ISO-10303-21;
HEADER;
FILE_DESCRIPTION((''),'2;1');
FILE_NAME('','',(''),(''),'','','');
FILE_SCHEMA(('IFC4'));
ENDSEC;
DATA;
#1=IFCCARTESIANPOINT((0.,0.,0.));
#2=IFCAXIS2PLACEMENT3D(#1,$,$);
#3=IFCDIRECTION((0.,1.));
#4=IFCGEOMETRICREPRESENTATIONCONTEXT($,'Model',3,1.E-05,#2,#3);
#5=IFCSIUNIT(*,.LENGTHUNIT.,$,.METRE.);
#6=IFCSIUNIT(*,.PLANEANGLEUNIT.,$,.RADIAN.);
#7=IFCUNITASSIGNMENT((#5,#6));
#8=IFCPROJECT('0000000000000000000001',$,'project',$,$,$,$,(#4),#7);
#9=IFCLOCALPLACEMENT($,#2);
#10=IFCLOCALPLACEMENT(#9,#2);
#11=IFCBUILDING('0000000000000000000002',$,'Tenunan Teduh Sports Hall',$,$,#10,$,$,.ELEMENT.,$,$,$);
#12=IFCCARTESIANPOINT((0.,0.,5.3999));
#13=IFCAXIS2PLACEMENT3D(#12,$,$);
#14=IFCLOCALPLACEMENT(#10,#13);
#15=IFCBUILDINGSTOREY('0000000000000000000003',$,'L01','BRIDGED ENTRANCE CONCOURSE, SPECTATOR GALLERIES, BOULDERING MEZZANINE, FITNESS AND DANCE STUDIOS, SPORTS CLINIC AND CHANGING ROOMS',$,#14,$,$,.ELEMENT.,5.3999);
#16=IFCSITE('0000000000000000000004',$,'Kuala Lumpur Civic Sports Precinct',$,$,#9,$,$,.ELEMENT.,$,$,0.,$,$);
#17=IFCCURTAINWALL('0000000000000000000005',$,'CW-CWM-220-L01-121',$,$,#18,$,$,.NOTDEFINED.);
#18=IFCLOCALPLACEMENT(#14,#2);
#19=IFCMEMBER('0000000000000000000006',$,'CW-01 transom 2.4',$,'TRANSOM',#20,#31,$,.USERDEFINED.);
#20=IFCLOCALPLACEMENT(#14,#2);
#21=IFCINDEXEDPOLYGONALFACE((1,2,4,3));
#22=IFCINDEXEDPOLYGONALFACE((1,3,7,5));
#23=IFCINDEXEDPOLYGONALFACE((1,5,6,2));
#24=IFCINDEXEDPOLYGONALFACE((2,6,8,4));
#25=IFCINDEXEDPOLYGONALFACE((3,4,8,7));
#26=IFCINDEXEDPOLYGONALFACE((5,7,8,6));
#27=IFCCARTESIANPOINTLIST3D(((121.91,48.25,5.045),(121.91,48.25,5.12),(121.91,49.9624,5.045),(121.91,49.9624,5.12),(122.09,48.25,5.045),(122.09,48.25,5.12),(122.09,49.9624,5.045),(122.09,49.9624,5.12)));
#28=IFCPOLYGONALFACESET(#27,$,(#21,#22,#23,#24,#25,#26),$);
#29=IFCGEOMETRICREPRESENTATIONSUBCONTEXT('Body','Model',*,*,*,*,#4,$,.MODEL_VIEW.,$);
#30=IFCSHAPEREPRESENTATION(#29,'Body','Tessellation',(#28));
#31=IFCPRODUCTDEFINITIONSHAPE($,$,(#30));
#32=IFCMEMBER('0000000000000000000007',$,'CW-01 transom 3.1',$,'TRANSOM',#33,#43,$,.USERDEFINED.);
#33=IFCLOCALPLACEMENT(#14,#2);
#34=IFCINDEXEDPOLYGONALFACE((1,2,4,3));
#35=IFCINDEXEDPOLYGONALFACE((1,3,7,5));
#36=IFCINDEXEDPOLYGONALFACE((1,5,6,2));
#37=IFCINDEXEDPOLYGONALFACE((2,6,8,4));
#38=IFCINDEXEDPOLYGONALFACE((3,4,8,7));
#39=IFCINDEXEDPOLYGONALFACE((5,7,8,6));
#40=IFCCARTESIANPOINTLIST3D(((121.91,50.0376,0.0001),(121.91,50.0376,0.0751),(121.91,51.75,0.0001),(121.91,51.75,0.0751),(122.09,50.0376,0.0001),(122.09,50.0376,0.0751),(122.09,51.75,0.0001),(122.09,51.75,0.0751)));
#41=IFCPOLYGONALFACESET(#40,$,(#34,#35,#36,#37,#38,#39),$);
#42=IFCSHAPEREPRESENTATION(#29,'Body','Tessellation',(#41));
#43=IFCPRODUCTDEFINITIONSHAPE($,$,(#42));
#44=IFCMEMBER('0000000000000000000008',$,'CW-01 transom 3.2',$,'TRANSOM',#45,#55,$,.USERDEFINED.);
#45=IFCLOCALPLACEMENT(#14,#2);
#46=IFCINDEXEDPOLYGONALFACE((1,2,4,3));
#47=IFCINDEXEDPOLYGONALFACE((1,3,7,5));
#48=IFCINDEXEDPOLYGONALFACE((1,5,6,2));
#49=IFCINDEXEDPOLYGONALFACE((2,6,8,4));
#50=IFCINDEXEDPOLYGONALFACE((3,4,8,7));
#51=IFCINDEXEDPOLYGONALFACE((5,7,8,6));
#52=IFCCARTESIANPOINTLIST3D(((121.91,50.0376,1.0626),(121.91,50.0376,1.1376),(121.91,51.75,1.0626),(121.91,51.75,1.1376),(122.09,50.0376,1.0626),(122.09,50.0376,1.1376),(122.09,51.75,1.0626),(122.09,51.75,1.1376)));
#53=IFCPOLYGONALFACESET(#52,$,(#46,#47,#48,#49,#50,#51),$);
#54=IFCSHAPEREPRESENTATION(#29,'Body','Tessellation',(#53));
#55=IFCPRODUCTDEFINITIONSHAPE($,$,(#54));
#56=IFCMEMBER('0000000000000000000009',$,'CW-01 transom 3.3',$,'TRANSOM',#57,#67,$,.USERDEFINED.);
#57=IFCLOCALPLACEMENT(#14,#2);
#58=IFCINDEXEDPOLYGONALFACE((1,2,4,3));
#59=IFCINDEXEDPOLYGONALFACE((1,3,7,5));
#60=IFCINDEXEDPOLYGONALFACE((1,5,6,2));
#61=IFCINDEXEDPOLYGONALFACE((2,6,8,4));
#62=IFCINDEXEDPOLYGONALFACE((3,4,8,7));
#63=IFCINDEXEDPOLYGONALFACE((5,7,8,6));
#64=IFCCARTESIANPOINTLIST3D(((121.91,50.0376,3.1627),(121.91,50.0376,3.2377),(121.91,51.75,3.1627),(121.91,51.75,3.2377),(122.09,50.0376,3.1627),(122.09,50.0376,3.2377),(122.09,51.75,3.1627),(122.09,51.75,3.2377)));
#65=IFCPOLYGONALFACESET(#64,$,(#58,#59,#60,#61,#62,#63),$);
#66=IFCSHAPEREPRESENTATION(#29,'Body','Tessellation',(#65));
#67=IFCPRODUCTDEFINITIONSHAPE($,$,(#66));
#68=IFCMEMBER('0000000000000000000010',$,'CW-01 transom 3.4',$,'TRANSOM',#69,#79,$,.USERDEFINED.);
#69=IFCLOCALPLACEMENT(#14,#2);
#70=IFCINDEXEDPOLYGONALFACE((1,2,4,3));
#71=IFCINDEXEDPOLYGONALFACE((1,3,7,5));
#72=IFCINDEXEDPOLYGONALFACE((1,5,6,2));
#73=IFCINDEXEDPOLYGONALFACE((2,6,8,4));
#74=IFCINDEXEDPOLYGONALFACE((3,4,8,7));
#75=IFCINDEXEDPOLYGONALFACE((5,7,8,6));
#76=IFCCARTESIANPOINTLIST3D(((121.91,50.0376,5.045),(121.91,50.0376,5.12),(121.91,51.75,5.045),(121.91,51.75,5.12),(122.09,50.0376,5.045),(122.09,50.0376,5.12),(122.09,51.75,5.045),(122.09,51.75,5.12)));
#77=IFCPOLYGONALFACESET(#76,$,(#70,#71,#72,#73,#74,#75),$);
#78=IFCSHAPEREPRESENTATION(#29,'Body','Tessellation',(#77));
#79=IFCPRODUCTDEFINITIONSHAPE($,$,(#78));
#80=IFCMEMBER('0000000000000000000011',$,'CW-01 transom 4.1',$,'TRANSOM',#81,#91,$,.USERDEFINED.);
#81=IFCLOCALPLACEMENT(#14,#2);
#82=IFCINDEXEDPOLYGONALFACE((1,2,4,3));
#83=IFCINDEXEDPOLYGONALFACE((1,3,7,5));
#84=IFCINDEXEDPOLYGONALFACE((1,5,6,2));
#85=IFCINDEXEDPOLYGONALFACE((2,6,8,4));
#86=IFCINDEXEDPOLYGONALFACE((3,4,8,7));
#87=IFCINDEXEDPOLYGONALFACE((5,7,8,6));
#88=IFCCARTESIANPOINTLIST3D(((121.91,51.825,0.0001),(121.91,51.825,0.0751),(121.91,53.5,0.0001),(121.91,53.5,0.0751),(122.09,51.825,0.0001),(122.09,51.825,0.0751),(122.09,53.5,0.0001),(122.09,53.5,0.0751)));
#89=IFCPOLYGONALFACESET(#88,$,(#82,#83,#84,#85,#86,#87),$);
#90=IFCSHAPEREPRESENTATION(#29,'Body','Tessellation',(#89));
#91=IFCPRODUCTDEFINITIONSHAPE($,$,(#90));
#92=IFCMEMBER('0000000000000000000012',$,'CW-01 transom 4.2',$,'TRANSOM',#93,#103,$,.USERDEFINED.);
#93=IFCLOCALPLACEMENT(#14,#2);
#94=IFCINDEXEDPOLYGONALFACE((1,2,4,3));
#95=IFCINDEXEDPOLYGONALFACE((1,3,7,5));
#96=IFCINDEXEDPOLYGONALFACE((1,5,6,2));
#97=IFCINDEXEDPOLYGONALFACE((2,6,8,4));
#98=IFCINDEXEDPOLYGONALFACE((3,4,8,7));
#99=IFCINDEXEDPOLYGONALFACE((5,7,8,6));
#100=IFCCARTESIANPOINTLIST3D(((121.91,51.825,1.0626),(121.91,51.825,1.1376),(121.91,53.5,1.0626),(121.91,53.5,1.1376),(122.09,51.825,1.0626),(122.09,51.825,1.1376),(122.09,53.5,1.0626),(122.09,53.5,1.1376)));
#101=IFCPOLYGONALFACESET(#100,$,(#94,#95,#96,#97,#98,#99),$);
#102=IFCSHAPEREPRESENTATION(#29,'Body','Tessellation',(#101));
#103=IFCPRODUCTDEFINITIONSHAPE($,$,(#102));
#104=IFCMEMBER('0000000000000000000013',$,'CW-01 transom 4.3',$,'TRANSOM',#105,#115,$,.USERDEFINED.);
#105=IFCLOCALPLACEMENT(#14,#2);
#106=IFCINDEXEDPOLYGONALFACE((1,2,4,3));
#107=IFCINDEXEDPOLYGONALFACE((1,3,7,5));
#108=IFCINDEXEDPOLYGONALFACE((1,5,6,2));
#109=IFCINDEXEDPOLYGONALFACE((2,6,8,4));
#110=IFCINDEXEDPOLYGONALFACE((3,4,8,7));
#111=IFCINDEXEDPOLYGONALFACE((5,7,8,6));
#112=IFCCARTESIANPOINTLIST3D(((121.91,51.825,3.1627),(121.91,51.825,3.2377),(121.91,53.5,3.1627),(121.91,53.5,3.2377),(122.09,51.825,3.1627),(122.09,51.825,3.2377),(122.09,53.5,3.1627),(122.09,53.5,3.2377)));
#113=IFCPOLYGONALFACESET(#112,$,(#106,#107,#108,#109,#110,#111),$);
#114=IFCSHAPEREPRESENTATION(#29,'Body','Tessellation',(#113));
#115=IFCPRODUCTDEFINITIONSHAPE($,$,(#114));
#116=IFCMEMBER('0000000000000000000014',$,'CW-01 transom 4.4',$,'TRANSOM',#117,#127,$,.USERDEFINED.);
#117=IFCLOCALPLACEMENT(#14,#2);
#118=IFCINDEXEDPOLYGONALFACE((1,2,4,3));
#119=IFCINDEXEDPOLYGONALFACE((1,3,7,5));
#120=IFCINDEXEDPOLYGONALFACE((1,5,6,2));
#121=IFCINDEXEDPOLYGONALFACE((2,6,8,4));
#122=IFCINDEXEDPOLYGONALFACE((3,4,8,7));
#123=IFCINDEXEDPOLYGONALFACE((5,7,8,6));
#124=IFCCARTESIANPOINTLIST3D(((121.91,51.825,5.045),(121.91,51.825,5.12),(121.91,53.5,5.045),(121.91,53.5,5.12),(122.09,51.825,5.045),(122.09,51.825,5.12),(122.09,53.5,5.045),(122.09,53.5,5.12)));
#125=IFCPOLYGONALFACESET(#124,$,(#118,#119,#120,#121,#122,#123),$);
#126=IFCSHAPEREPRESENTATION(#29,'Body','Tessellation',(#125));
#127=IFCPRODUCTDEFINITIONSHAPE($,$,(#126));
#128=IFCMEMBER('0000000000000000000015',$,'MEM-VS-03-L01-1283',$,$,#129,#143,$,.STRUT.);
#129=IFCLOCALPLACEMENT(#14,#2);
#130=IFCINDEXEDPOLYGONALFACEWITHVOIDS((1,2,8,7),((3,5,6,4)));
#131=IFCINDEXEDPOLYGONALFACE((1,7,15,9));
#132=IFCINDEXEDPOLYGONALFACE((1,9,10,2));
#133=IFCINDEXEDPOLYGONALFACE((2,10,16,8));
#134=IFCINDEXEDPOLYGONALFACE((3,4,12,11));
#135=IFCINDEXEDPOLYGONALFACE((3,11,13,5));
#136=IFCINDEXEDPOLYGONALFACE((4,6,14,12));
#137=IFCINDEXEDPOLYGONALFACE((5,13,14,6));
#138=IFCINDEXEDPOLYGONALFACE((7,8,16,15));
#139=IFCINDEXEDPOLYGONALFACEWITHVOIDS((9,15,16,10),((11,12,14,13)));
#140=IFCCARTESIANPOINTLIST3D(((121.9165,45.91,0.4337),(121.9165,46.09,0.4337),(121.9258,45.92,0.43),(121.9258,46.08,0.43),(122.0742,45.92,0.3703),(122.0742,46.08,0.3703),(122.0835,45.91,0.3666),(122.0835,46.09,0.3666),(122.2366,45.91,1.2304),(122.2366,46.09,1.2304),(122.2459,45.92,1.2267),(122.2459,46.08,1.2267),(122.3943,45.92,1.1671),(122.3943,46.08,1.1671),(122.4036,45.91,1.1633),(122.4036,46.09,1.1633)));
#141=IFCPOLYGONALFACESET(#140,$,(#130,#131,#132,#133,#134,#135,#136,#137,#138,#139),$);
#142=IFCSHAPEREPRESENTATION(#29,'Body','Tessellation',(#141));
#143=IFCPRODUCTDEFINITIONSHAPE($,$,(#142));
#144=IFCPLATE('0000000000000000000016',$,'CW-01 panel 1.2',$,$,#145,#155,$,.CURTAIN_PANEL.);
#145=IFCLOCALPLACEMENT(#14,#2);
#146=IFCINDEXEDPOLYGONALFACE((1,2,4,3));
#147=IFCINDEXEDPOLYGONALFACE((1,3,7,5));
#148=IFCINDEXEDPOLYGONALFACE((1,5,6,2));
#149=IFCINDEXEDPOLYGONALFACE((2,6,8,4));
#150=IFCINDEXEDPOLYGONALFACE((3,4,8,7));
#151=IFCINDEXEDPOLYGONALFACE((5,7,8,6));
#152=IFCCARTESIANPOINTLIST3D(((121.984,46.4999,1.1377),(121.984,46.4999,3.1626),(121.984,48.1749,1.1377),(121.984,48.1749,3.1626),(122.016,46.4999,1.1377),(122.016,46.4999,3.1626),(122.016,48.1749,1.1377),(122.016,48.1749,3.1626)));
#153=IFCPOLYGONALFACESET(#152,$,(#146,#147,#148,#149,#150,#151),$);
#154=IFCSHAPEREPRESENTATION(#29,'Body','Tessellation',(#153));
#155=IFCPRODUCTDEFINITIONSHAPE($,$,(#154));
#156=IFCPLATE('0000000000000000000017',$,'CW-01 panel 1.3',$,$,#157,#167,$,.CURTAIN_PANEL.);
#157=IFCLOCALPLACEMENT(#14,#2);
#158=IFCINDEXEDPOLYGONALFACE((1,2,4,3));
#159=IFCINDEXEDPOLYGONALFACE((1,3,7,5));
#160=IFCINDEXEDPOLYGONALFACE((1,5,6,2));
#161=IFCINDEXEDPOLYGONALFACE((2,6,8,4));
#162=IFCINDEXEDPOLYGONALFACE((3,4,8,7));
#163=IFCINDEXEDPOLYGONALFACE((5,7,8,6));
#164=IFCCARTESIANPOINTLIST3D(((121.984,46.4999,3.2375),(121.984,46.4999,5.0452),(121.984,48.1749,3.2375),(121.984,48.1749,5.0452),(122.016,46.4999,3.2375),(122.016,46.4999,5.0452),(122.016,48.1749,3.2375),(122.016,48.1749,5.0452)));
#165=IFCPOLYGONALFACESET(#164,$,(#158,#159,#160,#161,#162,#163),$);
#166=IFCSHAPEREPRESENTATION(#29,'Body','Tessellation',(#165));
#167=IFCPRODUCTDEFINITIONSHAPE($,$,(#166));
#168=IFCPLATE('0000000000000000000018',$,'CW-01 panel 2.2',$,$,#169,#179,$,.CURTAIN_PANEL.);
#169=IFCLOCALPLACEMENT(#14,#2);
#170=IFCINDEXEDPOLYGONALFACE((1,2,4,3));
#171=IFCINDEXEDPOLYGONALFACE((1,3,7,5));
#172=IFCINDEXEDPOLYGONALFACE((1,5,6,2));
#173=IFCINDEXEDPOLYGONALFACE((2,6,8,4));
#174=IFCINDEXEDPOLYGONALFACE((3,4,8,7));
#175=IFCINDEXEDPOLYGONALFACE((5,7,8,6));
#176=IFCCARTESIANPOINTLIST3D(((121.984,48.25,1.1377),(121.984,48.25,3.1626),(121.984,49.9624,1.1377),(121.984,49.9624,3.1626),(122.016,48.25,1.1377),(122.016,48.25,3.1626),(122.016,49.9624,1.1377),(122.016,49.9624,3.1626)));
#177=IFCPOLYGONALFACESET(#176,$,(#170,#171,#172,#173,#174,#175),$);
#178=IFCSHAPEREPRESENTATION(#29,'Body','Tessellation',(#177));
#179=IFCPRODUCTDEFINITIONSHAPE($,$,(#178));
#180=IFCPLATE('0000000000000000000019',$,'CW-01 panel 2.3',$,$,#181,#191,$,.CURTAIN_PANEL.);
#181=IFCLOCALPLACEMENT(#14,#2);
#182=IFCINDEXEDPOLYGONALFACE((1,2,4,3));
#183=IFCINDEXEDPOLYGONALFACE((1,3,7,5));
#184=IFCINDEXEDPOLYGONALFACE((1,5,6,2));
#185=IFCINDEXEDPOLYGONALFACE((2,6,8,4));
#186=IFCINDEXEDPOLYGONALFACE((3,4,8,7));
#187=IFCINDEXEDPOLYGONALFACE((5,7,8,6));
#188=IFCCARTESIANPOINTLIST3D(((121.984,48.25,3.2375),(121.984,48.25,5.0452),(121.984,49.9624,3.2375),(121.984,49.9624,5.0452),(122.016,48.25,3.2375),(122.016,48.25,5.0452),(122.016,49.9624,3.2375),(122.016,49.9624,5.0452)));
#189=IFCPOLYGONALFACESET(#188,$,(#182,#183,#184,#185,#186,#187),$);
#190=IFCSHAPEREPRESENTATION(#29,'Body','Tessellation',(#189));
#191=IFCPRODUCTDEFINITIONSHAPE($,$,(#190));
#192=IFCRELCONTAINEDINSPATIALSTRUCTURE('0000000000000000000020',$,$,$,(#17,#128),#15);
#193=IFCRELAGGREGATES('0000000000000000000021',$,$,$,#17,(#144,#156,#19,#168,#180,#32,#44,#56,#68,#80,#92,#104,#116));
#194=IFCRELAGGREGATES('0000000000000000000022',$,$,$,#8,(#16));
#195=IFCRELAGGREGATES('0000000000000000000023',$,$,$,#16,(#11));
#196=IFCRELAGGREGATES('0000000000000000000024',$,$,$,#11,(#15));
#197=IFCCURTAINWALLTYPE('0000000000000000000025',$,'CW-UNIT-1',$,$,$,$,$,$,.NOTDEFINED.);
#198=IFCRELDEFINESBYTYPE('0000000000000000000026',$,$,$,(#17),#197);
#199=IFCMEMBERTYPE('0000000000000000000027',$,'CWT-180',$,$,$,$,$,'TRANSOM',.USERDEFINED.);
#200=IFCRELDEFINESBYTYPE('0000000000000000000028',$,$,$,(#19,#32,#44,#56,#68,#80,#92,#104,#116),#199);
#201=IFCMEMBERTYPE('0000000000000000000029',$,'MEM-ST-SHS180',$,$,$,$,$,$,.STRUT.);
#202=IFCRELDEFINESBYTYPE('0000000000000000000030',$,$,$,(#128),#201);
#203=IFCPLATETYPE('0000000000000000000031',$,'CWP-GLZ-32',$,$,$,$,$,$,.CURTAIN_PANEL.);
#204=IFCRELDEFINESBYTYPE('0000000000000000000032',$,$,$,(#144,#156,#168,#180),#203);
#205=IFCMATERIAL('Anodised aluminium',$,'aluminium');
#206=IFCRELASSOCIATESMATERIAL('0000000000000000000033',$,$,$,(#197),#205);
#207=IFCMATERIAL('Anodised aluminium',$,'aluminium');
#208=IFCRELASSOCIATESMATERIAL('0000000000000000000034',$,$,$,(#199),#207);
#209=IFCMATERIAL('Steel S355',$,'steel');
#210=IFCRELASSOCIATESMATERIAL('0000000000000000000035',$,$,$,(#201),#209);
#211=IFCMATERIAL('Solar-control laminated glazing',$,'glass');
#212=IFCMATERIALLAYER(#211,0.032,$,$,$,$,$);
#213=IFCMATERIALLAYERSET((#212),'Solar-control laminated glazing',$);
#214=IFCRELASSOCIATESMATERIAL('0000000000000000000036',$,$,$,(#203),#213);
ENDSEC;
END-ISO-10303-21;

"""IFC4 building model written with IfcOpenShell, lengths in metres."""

from ifc_helpers import new_model, si_unit, direction, frame, origin, origin_2d, place, context, subcontext, project, spatial, rectangle, hollow_rectangle, extrude, material, layer, layer_set, material_profile, profile_set, type_object, element, aggregate, save


model = new_model("IFC4")

# Units and contexts
model_context = context("Model", 3, precision=1e-05, world=origin(), true_north=direction((0.0, 1.0)))
body_context = subcontext(model_context, "Body", "Model", "MODEL_VIEW")
ifc_project = project(units=[si_unit("LENGTHUNIT", "METRE"), si_unit("PLANEANGLEUNIT", "RADIAN")], contexts=[model_context])

# Site, building, storey
site_placement = place(None, origin())
site = spatial("IfcSite", under=ifc_project, at=site_placement, Name="Kuala Lumpur Civic Sports Precinct", CompositionType="ELEMENT", RefElevation=0.0)
building_placement = place(site_placement, origin())
building = spatial("IfcBuilding", under=site, at=building_placement, Name="Tenunan Teduh Sports Hall", CompositionType="ELEMENT")
storey_placement = place(building_placement, frame((0.0, 0.0, 5.3999)))
storey = spatial("IfcBuildingStorey", under=building, at=storey_placement, Name="L01", Description="BRIDGED ENTRANCE CONCOURSE, SPECTATOR GALLERIES, BOULDERING MEZZANINE, FITNESS AND DANCE STUDIOS, SPORTS CLINIC AND CHANGING ROOMS", CompositionType="ELEMENT", Elevation=5.3999)

# Curtain wall, members
ifc_material_1 = material(Name="Anodised aluminium", Category="aluminium")
curtain_wall_type = type_object("IfcCurtainWallType", Name="CW-UNIT-1", PredefinedType="NOTDEFINED", material=ifc_material_1)
curtain_wall_placement = place(storey_placement, origin())
curtain_wall = element("IfcCurtainWall", 1, at=curtain_wall_placement, inside=storey, type_object=curtain_wall_type, Name="CW-CWM-220-L01-121", PredefinedType="NOTDEFINED")
ifc_material_2 = material(Name="Anodised aluminium", Category="aluminium")
ifc_material_profile_1 = material_profile(ifc_material_2, rectangle(XDim=0.075, YDim=0.1799, at=origin_2d()), Name="CWT 75x180")
ifc_profile_set_1 = profile_set([ifc_material_profile_1], Name="Anodised aluminium")
member_type_1 = type_object("IfcMemberType", Name="CWT-180", ElementType="TRANSOM", PredefinedType="USERDEFINED", material=ifc_profile_set_1)
member_1_placement = place(storey_placement, frame((122.0, 48.25, 5.0825), z_axis=(0.0, 1.0, 0.0), x_axis=(0.0, 0.0, 1.0)))
member_1 = element("IfcMember", 2, at=member_1_placement, type_object=member_type_1, Name="CW-01 transom 2.4", ObjectType="TRANSOM", PredefinedType="USERDEFINED", context=body_context, shape_type="SweptSolid", body=[
    extrude(rectangle(XDim=0.075, YDim=0.1799, at=origin_2d()), origin(), (0.0, 0.0, 1.0), 1.7124),
])
member_2_placement = place(storey_placement, frame((122.0, 50.0376, 0.0376), z_axis=(0.0, 1.0, 0.0), x_axis=(0.0, 0.0, 1.0)))
member_2 = element("IfcMember", 3, at=member_2_placement, type_object=member_type_1, Name="CW-01 transom 3.1", ObjectType="TRANSOM", PredefinedType="USERDEFINED", context=body_context, shape_type="SweptSolid", body=[
    extrude(rectangle(XDim=0.075, YDim=0.1799, at=origin_2d()), origin(), (0.0, 0.0, 1.0), 1.7124),
])
member_3_placement = place(storey_placement, frame((122.0, 50.0376, 1.1001), z_axis=(0.0, 1.0, 0.0), x_axis=(0.0, 0.0, 1.0)))
member_3 = element("IfcMember", 4, at=member_3_placement, type_object=member_type_1, Name="CW-01 transom 3.2", ObjectType="TRANSOM", PredefinedType="USERDEFINED", context=body_context, shape_type="SweptSolid", body=[
    extrude(rectangle(XDim=0.075, YDim=0.1799, at=origin_2d()), origin(), (0.0, 0.0, 1.0), 1.7124),
])
member_4_placement = place(storey_placement, frame((122.0, 50.0376, 3.2002), z_axis=(0.0, 1.0, 0.0), x_axis=(0.0, 0.0, 1.0)))
member_4 = element("IfcMember", 5, at=member_4_placement, type_object=member_type_1, Name="CW-01 transom 3.3", ObjectType="TRANSOM", PredefinedType="USERDEFINED", context=body_context, shape_type="SweptSolid", body=[
    extrude(rectangle(XDim=0.075, YDim=0.1799, at=origin_2d()), origin(), (0.0, 0.0, 1.0), 1.7124),
])
member_5_placement = place(storey_placement, frame((122.0, 50.0376, 5.0825), z_axis=(0.0, 1.0, 0.0), x_axis=(0.0, 0.0, 1.0)))
member_5 = element("IfcMember", 6, at=member_5_placement, type_object=member_type_1, Name="CW-01 transom 3.4", ObjectType="TRANSOM", PredefinedType="USERDEFINED", context=body_context, shape_type="SweptSolid", body=[
    extrude(rectangle(XDim=0.075, YDim=0.1799, at=origin_2d()), origin(), (0.0, 0.0, 1.0), 1.7124),
])
member_6_placement = place(storey_placement, frame((122.0, 51.825, 0.0376), z_axis=(0.0, 1.0, 0.0), x_axis=(0.0, 0.0, 1.0)))
member_6 = element("IfcMember", 7, at=member_6_placement, type_object=member_type_1, Name="CW-01 transom 4.1", ObjectType="TRANSOM", PredefinedType="USERDEFINED", context=body_context, shape_type="SweptSolid", body=[
    extrude(rectangle(XDim=0.075, YDim=0.1799, at=origin_2d()), origin(), (0.0, 0.0, 1.0), 1.675),
])
member_7_placement = place(storey_placement, frame((122.0, 51.825, 1.1001), z_axis=(0.0, 1.0, 0.0), x_axis=(0.0, 0.0, 1.0)))
member_7 = element("IfcMember", 8, at=member_7_placement, type_object=member_type_1, Name="CW-01 transom 4.2", ObjectType="TRANSOM", PredefinedType="USERDEFINED", context=body_context, shape_type="SweptSolid", body=[
    extrude(rectangle(XDim=0.075, YDim=0.1799, at=origin_2d()), origin(), (0.0, 0.0, 1.0), 1.675),
])
member_8_placement = place(storey_placement, frame((122.0, 51.825, 3.2002), z_axis=(0.0, 1.0, 0.0), x_axis=(0.0, 0.0, 1.0)))
member_8 = element("IfcMember", 9, at=member_8_placement, type_object=member_type_1, Name="CW-01 transom 4.3", ObjectType="TRANSOM", PredefinedType="USERDEFINED", context=body_context, shape_type="SweptSolid", body=[
    extrude(rectangle(XDim=0.075, YDim=0.1799, at=origin_2d()), origin(), (0.0, 0.0, 1.0), 1.675),
])
member_9_placement = place(storey_placement, frame((122.0, 51.825, 5.0825), z_axis=(0.0, 1.0, 0.0), x_axis=(0.0, 0.0, 1.0)))
member_9 = element("IfcMember", 10, at=member_9_placement, type_object=member_type_1, Name="CW-01 transom 4.4", ObjectType="TRANSOM", PredefinedType="USERDEFINED", context=body_context, shape_type="SweptSolid", body=[
    extrude(rectangle(XDim=0.075, YDim=0.1799, at=origin_2d()), origin(), (0.0, 0.0, 1.0), 1.675),
])

# Member
ifc_material_3 = material(Name="Steel S355", Category="steel")
ifc_material_profile_2 = material_profile(ifc_material_3, hollow_rectangle(XDim=0.1799, YDim=0.1799, WallThickness=0.01, at=origin_2d()), Name="SHS 180x180x10.0")
ifc_profile_set_2 = profile_set([ifc_material_profile_2], Name="Steel S355")
member_type_2 = type_object("IfcMemberType", Name="MEM-ST-SHS180", PredefinedType="STRUT", material=ifc_profile_set_2)
member_10_placement = place(storey_placement, frame((122.0, 46.0, 0.4001), z_axis=(0.372812, 0.0, 0.927907), x_axis=(0.0, 1.0, 0.0)))
element("IfcMember", 11, at=member_10_placement, inside=storey, type_object=member_type_2, Name="MEM-VS-03-L01-1283", PredefinedType="STRUT", context=body_context, shape_type="SweptSolid", body=[
    extrude(hollow_rectangle(XDim=0.1799, YDim=0.1799, WallThickness=0.01, at=origin_2d()), origin(), (0.0, 0.0, 1.0), 0.8586),
])

# Plates
ifc_material_4 = material(Name="Solar-control laminated glazing", Category="glass")
ifc_layer_1 = layer(ifc_material_4, 0.032)
ifc_layer_set_1 = layer_set([ifc_layer_1], Name="Solar-control laminated glazing")
plate_type_1 = type_object("IfcPlateType", Name="CWP-GLZ-32", PredefinedType="CURTAIN_PANEL", material=ifc_layer_set_1)
plate_1_placement = place(storey_placement, frame((122.0, 47.3374, 1.1377), z_axis=(0.0, 0.0, 1.0), x_axis=(0.0, 1.0, 0.0)))
plate_1 = element("IfcPlate", 12, at=plate_1_placement, type_object=plate_type_1, Name="CW-01 panel 1.2", PredefinedType="CURTAIN_PANEL", context=body_context, shape_type="SweptSolid", body=[
    extrude(rectangle(XDim=1.675, YDim=0.032, at=origin_2d()), origin(), (0.0, 0.0, 1.0), 2.0249),
])
plate_2_placement = place(storey_placement, frame((122.0, 47.3374, 3.2375), z_axis=(0.0, 0.0, 1.0), x_axis=(0.0, 1.0, 0.0)))
plate_2 = element("IfcPlate", 13, at=plate_2_placement, type_object=plate_type_1, Name="CW-01 panel 1.3", PredefinedType="CURTAIN_PANEL", context=body_context, shape_type="SweptSolid", body=[
    extrude(rectangle(XDim=1.675, YDim=0.032, at=origin_2d()), origin(), (0.0, 0.0, 1.0), 1.8076),
])
plate_3_placement = place(storey_placement, frame((122.0, 49.1062, 1.1377), z_axis=(0.0, 0.0, 1.0), x_axis=(0.0, 1.0, 0.0)))
plate_3 = element("IfcPlate", 14, at=plate_3_placement, type_object=plate_type_1, Name="CW-01 panel 2.2", PredefinedType="CURTAIN_PANEL", context=body_context, shape_type="SweptSolid", body=[
    extrude(rectangle(XDim=1.7124, YDim=0.032, at=origin_2d()), origin(), (0.0, 0.0, 1.0), 2.0249),
])
plate_4_placement = place(storey_placement, frame((122.0, 49.1062, 3.2375), z_axis=(0.0, 0.0, 1.0), x_axis=(0.0, 1.0, 0.0)))
plate_4 = element("IfcPlate", 15, at=plate_4_placement, type_object=plate_type_1, Name="CW-01 panel 2.3", PredefinedType="CURTAIN_PANEL", context=body_context, shape_type="SweptSolid", body=[
    extrude(rectangle(XDim=1.7124, YDim=0.032, at=origin_2d()), origin(), (0.0, 0.0, 1.0), 1.8076),
])
aggregate(curtain_wall, [plate_1, plate_2, member_1, plate_3, plate_4, member_2, member_3, member_4, member_5, member_6, member_7, member_8, member_9])

save(model, "model.ifc")
